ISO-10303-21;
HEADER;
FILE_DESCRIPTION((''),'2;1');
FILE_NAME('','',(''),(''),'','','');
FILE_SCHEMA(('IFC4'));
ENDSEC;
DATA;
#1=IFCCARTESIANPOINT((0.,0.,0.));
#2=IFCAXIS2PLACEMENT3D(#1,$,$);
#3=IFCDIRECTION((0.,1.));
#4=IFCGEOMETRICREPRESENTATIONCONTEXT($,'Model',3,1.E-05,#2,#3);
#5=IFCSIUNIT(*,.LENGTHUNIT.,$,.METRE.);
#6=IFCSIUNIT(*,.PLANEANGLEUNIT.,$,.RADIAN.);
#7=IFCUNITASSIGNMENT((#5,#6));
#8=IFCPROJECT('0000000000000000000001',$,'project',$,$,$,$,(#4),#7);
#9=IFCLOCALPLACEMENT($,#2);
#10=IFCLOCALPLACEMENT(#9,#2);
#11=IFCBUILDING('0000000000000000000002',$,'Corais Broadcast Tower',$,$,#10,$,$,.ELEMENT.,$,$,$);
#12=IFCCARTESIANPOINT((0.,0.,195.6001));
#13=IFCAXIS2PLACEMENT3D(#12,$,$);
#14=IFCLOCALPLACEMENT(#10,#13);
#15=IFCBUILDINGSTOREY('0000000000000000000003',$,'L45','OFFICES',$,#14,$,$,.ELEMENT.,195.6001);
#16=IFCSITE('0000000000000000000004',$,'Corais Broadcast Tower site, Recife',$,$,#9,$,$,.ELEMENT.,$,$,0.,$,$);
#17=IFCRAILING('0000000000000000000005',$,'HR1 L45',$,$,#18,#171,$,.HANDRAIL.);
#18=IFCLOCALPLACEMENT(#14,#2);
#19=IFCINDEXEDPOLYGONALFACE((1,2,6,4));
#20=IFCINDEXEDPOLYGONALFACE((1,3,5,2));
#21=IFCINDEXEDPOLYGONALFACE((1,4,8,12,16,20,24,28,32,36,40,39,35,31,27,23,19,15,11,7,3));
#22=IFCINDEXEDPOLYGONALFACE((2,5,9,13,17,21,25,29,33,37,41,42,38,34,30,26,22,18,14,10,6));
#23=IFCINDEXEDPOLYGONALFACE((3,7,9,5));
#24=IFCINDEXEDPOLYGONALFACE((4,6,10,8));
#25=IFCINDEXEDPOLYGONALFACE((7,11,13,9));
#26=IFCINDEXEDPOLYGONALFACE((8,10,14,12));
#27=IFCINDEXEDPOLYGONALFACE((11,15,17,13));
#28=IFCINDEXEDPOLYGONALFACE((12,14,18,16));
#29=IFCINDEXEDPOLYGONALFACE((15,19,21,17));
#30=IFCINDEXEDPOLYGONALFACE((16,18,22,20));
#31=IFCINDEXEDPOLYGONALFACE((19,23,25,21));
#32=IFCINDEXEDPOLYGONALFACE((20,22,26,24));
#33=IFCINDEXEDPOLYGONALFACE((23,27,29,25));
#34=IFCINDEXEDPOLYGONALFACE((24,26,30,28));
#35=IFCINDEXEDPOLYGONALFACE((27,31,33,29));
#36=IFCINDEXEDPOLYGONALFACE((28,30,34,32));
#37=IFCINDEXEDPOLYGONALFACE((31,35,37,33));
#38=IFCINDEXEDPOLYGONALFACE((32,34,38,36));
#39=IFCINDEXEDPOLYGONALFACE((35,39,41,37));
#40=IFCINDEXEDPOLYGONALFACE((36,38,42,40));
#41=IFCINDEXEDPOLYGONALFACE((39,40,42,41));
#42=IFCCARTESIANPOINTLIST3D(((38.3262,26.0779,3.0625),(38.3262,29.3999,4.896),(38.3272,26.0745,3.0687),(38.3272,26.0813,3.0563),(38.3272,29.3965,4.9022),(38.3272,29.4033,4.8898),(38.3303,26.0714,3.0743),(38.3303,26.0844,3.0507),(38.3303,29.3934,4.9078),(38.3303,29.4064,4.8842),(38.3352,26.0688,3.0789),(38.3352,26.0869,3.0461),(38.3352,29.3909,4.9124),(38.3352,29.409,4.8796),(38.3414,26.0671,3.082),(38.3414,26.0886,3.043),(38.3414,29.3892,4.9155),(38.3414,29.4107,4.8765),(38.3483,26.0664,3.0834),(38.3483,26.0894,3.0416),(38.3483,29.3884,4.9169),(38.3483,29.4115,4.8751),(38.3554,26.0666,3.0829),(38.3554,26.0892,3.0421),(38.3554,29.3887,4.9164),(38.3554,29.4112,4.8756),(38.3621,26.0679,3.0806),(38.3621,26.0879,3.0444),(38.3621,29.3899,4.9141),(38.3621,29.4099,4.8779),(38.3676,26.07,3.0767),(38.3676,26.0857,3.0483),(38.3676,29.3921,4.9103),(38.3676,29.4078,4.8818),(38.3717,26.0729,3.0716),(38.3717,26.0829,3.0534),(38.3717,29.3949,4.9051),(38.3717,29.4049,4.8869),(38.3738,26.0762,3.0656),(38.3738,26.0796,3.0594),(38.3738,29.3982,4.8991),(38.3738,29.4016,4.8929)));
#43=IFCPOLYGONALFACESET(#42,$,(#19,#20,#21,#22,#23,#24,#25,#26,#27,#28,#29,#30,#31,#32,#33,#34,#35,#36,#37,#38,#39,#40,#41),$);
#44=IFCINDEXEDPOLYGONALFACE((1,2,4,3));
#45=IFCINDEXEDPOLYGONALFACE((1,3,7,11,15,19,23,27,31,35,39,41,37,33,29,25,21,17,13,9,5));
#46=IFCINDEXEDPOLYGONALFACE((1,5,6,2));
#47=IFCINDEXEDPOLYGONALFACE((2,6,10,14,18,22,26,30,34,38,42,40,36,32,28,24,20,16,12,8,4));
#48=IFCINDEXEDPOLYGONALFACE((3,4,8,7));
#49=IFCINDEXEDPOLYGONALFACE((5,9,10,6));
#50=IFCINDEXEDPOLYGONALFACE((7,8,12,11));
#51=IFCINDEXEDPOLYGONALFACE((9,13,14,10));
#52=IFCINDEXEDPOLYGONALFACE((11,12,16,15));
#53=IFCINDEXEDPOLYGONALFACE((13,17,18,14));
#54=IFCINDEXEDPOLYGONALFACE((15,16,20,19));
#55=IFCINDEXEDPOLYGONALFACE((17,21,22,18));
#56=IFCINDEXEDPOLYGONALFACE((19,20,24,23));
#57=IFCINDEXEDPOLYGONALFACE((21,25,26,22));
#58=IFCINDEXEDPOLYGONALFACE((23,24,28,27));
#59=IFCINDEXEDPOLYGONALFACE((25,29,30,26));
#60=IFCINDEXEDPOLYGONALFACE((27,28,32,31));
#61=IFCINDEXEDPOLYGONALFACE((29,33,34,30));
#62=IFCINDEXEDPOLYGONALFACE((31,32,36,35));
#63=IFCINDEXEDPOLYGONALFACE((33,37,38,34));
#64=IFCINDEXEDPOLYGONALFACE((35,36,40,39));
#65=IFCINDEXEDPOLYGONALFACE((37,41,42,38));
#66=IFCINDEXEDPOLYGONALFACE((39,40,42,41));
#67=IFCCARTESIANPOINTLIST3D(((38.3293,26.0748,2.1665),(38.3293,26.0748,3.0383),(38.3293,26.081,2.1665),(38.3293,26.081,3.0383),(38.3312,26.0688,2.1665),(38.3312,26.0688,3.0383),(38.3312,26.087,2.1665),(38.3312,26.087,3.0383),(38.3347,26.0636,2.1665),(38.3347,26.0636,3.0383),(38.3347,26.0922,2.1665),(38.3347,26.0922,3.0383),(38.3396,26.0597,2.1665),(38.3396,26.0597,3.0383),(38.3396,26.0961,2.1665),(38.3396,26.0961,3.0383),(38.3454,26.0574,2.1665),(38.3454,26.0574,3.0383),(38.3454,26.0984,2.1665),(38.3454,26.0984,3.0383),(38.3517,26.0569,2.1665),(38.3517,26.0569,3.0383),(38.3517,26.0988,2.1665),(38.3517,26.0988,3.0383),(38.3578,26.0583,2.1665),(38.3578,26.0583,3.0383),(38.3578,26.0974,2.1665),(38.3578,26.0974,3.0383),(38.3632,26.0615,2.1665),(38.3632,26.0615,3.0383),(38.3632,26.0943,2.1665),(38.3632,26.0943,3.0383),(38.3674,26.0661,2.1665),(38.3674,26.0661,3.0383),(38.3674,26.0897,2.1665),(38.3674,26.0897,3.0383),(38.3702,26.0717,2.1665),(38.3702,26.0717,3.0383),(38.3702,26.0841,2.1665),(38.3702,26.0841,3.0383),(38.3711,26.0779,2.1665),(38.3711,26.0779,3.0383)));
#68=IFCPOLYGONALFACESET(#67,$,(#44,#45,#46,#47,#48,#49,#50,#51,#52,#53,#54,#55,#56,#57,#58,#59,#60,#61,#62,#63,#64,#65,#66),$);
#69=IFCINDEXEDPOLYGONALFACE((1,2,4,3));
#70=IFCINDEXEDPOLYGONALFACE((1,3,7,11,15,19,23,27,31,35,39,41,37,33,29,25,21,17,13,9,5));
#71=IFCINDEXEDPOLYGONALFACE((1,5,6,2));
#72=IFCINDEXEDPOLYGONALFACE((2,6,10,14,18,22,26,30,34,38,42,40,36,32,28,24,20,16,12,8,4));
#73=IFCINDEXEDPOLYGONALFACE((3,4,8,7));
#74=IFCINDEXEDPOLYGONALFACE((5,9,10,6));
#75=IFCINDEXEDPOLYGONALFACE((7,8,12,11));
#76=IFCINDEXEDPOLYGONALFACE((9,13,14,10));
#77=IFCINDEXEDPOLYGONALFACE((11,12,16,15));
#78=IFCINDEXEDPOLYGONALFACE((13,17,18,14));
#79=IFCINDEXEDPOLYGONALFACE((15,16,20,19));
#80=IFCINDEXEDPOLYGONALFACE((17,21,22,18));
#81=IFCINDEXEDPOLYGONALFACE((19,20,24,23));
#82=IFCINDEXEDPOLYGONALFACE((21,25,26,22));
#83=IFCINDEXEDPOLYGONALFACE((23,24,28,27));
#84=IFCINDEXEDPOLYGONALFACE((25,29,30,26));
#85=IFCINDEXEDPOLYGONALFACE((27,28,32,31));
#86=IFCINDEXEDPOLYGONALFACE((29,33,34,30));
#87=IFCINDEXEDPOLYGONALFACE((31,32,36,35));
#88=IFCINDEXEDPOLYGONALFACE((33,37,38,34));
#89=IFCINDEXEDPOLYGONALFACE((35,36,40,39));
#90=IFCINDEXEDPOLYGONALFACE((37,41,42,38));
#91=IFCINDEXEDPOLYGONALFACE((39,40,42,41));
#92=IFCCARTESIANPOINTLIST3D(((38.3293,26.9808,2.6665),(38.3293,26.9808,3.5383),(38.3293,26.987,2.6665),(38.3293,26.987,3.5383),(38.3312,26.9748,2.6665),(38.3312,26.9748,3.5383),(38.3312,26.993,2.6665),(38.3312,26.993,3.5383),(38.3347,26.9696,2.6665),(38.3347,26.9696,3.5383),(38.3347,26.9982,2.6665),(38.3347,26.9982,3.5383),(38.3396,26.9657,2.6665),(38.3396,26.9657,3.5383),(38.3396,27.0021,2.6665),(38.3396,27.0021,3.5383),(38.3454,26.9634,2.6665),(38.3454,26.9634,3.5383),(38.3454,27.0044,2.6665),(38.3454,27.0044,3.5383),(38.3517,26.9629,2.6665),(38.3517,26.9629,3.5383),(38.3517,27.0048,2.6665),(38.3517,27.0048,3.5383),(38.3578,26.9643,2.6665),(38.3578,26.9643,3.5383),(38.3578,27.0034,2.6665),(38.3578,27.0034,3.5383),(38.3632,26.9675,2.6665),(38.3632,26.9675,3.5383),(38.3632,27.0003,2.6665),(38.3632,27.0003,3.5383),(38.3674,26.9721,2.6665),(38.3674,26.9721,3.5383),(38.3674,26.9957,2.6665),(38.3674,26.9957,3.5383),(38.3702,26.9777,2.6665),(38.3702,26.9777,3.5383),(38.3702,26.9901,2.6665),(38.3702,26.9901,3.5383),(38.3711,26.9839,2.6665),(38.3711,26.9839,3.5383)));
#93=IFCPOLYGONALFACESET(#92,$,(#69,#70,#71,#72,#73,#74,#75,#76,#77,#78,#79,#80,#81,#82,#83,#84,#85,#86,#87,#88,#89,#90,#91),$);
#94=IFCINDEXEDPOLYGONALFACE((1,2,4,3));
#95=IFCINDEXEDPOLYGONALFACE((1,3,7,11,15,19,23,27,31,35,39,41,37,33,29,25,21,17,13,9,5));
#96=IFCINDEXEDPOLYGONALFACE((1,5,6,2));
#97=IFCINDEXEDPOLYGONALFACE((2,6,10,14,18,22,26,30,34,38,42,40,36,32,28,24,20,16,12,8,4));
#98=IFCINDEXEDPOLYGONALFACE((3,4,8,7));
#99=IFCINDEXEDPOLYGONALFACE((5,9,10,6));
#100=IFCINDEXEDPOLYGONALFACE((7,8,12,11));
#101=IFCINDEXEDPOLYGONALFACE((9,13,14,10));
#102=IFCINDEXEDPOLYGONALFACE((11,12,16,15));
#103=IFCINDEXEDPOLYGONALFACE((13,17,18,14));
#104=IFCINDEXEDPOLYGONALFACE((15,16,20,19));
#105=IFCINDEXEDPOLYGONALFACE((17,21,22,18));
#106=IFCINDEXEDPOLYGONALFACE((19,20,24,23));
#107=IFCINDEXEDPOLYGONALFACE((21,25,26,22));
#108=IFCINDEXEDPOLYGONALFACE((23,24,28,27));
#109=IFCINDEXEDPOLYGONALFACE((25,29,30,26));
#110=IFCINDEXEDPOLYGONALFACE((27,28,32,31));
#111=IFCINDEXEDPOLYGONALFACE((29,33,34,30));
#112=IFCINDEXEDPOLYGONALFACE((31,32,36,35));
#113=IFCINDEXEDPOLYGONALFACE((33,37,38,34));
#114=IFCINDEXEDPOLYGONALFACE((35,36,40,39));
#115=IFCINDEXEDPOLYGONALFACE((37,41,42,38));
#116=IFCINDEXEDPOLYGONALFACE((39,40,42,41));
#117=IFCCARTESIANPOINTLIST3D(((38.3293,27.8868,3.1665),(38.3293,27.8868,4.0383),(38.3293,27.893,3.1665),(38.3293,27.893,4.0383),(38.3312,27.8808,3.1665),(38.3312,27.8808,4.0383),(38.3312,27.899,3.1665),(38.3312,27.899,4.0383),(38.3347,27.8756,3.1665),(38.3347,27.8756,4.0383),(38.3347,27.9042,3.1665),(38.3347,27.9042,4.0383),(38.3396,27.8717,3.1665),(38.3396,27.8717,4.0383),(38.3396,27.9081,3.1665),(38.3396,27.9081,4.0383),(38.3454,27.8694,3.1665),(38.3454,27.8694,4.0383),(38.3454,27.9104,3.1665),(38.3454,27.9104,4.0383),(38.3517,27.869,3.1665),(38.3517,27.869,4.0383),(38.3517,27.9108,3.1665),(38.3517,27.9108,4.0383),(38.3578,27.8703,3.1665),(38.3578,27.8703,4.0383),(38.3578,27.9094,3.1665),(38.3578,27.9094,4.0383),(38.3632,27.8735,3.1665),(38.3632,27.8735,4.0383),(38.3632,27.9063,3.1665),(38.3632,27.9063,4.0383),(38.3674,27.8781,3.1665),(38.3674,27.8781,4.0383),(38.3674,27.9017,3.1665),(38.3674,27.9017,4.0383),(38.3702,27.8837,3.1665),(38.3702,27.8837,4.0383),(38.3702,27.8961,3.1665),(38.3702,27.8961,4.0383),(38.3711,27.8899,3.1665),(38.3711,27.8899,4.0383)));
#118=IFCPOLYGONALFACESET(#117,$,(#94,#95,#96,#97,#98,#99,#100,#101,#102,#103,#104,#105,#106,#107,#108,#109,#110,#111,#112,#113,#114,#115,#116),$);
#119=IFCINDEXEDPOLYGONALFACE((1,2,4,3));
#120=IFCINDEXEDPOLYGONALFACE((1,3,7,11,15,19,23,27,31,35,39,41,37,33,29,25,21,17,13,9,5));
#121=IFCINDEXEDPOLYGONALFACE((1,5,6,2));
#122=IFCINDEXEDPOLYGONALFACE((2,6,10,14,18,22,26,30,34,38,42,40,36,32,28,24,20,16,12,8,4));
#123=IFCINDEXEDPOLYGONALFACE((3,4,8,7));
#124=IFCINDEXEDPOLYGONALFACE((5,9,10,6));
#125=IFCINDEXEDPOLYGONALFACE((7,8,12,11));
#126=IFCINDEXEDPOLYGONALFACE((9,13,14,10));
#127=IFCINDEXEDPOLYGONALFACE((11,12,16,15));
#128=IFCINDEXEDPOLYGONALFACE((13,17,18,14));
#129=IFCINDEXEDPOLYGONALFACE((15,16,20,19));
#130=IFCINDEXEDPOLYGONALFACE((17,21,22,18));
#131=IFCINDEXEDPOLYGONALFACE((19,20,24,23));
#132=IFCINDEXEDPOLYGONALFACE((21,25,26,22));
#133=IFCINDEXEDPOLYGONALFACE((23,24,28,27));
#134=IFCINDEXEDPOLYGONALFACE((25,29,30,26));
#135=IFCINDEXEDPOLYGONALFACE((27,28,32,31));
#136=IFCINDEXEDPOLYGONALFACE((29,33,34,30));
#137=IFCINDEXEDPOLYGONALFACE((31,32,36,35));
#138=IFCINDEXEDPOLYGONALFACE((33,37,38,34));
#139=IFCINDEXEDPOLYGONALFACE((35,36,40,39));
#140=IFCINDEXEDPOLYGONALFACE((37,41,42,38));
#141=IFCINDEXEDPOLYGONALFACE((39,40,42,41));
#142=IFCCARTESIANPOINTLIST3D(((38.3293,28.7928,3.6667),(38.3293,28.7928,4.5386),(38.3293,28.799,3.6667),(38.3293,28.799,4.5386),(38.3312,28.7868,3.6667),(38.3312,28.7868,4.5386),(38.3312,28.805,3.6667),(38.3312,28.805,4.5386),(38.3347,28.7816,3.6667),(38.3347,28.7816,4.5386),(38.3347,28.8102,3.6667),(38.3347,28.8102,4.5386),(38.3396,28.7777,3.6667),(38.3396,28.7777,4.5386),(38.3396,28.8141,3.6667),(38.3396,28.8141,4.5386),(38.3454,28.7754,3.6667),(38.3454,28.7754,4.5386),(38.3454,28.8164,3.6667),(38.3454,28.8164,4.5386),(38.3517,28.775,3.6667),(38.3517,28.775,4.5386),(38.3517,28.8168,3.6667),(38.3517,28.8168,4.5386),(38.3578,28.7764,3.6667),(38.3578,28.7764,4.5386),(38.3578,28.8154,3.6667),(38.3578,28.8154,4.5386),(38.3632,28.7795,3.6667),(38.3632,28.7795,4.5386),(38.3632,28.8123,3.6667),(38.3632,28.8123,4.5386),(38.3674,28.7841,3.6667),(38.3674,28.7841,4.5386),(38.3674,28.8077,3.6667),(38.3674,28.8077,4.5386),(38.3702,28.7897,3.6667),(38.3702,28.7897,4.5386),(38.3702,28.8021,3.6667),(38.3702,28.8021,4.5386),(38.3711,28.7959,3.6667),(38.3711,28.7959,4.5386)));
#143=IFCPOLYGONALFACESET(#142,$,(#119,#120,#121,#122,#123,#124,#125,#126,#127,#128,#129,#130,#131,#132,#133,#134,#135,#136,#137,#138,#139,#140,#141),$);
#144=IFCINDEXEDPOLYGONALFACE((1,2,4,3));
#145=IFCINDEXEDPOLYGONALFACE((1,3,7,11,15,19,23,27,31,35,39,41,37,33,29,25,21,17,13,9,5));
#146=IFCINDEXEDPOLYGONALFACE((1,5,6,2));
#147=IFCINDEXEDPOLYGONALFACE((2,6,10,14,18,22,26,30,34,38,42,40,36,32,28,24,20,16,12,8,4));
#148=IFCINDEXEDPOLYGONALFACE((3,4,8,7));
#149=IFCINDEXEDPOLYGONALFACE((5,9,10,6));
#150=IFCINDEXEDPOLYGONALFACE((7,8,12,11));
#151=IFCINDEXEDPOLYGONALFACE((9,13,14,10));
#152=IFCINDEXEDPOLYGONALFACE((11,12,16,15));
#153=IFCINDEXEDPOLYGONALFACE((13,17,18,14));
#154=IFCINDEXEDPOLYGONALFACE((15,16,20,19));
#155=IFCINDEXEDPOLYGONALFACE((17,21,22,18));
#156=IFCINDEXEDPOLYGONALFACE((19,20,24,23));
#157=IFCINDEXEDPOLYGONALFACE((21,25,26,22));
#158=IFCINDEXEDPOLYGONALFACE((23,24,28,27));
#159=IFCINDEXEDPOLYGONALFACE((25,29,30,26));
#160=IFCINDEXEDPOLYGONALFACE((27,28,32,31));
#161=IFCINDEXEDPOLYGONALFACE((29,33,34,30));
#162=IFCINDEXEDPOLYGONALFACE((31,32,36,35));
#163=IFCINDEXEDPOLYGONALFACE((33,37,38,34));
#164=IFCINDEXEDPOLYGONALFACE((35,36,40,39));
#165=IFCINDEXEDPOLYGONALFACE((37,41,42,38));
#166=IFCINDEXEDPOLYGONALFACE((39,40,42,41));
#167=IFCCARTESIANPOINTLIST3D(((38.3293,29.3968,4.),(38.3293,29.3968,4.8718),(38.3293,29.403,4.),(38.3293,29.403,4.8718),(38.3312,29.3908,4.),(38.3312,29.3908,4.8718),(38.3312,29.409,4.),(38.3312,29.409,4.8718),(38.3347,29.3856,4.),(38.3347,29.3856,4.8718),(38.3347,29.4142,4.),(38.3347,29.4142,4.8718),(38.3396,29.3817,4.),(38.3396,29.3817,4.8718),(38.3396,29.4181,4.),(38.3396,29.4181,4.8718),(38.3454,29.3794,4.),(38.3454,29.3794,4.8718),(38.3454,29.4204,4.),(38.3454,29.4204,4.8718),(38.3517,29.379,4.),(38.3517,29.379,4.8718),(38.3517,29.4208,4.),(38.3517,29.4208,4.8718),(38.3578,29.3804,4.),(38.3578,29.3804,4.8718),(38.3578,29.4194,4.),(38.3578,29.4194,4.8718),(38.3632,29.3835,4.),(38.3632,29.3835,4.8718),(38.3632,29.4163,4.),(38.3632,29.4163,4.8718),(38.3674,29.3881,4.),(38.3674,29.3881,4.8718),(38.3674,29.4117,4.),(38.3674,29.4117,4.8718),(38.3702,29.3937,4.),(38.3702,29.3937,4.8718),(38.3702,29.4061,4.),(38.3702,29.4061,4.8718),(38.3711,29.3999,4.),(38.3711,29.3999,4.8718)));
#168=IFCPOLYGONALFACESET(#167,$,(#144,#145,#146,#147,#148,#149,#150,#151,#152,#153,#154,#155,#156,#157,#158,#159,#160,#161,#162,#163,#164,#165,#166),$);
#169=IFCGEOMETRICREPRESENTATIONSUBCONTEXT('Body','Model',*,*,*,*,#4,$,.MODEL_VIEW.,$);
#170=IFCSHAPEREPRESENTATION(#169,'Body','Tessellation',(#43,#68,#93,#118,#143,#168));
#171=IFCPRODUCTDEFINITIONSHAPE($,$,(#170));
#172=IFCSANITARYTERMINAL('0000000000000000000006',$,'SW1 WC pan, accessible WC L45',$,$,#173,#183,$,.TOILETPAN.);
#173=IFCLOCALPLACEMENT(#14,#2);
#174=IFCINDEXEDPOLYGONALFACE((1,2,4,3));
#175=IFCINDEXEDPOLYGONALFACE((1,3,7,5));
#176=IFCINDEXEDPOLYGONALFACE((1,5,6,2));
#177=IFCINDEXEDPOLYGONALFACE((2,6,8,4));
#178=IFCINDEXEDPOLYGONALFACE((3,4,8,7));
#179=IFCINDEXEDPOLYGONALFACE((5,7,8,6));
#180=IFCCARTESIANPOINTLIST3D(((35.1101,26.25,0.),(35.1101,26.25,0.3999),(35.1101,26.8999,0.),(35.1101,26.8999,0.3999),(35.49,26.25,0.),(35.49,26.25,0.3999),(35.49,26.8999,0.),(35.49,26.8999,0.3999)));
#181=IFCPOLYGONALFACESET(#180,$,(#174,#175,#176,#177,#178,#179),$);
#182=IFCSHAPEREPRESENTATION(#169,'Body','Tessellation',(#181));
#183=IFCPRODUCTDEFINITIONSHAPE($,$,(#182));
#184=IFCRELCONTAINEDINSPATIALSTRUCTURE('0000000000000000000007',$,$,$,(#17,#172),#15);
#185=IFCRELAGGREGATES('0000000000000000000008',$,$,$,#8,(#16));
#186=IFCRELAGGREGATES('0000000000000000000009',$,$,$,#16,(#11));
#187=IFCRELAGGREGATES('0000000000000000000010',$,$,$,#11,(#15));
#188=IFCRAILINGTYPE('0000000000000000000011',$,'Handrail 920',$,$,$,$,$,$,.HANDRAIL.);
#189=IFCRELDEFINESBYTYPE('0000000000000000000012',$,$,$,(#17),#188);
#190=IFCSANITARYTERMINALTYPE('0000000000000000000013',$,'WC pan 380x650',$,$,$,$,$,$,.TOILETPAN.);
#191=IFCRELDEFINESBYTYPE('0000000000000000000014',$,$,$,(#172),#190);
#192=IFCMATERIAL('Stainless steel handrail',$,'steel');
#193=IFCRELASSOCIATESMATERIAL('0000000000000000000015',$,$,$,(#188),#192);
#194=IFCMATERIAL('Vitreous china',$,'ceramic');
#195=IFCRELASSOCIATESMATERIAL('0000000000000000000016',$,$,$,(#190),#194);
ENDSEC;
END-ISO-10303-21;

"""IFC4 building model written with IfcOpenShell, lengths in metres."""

from ifc_helpers import new_model, si_unit, direction, frame, origin, origin_2d, place, context, subcontext, project, spatial, rectangle, circle, extrude, material, type_object, element, save


model = new_model("IFC4")

# Units and contexts
model_context = context("Model", 3, precision=1e-05, world=origin(), true_north=direction((0.0, 1.0)))
body_context = subcontext(model_context, "Body", "Model", "MODEL_VIEW")
ifc_project = project(units=[si_unit("LENGTHUNIT", "METRE"), si_unit("PLANEANGLEUNIT", "RADIAN")], contexts=[model_context])

# Site, building, storey
site_placement = place(None, origin())
site = spatial("IfcSite", under=ifc_project, at=site_placement, Name="Corais Broadcast Tower site, Recife", CompositionType="ELEMENT", RefElevation=0.0)
building_placement = place(site_placement, origin())
building = spatial("IfcBuilding", under=site, at=building_placement, Name="Corais Broadcast Tower", CompositionType="ELEMENT")
storey_placement = place(building_placement, frame((0.0, 0.0, 195.6001)))
storey = spatial("IfcBuildingStorey", under=building, at=storey_placement, Name="L45", Description="OFFICES", CompositionType="ELEMENT", Elevation=195.6001)

# Railing
ifc_material_1 = material(Name="Stainless steel handrail", Category="steel")
railing_type = type_object("IfcRailingType", Name="Handrail 920", PredefinedType="HANDRAIL", material=ifc_material_1)
for number, where, name in (
    (1, (38.3501, 26.0779, 2.1665), "HR1 L45"),
):
    element("IfcRailing", number, at=place(storey_placement, frame(where)), inside=storey, type_object=railing_type, Name=name, PredefinedType="HANDRAIL", context=body_context, shape_type="SweptSolid", body=[
        extrude(circle(Radius=0.0239, at=origin_2d()), frame((0.0, 0.0, 0.896), z_axis=(0.0, 0.875504, 0.48321), x_axis=(-1.0, 0.0, 0.0)), (0.0, 0.0, 1.0), 3.7944),
        extrude(circle(Radius=0.021, at=origin_2d()), origin(), (0.0, 0.0, 1.0), 0.8718),
        extrude(circle(Radius=0.021, at=origin_2d()), frame((0.0, 0.906, 0.5)), (0.0, 0.0, 1.0), 0.8718),
        extrude(circle(Radius=0.021, at=origin_2d()), frame((0.0, 1.812, 1.0)), (0.0, 0.0, 1.0), 0.8718),
        extrude(circle(Radius=0.021, at=origin_2d()), frame((0.0, 2.718, 1.5002)), (0.0, 0.0, 1.0), 0.8718),
        extrude(circle(Radius=0.021, at=origin_2d()), frame((0.0, 3.322, 1.8335)), (0.0, 0.0, 1.0), 0.8718),
    ])

# Sanitary terminal
ifc_material_2 = material(Name="Vitreous china", Category="ceramic")
sanitary_terminal_type = type_object("IfcSanitaryTerminalType", Name="WC pan 380x650", PredefinedType="TOILETPAN", material=ifc_material_2)
sanitary_terminal_placement = place(storey_placement, frame((35.3, 26.575, 0.0), z_axis=(0.0, 0.0, 1.0), x_axis=(1.0, 0.0, 0.0)))
element("IfcSanitaryTerminal", 2, at=sanitary_terminal_placement, inside=storey, type_object=sanitary_terminal_type, Name="SW1 WC pan, accessible WC L45", PredefinedType="TOILETPAN", context=body_context, shape_type="SweptSolid", body=[
    extrude(rectangle(XDim=0.3799, YDim=0.6499, at=origin_2d()), origin(), (0.0, 0.0, 1.0), 0.3999),
])

save(model, "model.ifc")
